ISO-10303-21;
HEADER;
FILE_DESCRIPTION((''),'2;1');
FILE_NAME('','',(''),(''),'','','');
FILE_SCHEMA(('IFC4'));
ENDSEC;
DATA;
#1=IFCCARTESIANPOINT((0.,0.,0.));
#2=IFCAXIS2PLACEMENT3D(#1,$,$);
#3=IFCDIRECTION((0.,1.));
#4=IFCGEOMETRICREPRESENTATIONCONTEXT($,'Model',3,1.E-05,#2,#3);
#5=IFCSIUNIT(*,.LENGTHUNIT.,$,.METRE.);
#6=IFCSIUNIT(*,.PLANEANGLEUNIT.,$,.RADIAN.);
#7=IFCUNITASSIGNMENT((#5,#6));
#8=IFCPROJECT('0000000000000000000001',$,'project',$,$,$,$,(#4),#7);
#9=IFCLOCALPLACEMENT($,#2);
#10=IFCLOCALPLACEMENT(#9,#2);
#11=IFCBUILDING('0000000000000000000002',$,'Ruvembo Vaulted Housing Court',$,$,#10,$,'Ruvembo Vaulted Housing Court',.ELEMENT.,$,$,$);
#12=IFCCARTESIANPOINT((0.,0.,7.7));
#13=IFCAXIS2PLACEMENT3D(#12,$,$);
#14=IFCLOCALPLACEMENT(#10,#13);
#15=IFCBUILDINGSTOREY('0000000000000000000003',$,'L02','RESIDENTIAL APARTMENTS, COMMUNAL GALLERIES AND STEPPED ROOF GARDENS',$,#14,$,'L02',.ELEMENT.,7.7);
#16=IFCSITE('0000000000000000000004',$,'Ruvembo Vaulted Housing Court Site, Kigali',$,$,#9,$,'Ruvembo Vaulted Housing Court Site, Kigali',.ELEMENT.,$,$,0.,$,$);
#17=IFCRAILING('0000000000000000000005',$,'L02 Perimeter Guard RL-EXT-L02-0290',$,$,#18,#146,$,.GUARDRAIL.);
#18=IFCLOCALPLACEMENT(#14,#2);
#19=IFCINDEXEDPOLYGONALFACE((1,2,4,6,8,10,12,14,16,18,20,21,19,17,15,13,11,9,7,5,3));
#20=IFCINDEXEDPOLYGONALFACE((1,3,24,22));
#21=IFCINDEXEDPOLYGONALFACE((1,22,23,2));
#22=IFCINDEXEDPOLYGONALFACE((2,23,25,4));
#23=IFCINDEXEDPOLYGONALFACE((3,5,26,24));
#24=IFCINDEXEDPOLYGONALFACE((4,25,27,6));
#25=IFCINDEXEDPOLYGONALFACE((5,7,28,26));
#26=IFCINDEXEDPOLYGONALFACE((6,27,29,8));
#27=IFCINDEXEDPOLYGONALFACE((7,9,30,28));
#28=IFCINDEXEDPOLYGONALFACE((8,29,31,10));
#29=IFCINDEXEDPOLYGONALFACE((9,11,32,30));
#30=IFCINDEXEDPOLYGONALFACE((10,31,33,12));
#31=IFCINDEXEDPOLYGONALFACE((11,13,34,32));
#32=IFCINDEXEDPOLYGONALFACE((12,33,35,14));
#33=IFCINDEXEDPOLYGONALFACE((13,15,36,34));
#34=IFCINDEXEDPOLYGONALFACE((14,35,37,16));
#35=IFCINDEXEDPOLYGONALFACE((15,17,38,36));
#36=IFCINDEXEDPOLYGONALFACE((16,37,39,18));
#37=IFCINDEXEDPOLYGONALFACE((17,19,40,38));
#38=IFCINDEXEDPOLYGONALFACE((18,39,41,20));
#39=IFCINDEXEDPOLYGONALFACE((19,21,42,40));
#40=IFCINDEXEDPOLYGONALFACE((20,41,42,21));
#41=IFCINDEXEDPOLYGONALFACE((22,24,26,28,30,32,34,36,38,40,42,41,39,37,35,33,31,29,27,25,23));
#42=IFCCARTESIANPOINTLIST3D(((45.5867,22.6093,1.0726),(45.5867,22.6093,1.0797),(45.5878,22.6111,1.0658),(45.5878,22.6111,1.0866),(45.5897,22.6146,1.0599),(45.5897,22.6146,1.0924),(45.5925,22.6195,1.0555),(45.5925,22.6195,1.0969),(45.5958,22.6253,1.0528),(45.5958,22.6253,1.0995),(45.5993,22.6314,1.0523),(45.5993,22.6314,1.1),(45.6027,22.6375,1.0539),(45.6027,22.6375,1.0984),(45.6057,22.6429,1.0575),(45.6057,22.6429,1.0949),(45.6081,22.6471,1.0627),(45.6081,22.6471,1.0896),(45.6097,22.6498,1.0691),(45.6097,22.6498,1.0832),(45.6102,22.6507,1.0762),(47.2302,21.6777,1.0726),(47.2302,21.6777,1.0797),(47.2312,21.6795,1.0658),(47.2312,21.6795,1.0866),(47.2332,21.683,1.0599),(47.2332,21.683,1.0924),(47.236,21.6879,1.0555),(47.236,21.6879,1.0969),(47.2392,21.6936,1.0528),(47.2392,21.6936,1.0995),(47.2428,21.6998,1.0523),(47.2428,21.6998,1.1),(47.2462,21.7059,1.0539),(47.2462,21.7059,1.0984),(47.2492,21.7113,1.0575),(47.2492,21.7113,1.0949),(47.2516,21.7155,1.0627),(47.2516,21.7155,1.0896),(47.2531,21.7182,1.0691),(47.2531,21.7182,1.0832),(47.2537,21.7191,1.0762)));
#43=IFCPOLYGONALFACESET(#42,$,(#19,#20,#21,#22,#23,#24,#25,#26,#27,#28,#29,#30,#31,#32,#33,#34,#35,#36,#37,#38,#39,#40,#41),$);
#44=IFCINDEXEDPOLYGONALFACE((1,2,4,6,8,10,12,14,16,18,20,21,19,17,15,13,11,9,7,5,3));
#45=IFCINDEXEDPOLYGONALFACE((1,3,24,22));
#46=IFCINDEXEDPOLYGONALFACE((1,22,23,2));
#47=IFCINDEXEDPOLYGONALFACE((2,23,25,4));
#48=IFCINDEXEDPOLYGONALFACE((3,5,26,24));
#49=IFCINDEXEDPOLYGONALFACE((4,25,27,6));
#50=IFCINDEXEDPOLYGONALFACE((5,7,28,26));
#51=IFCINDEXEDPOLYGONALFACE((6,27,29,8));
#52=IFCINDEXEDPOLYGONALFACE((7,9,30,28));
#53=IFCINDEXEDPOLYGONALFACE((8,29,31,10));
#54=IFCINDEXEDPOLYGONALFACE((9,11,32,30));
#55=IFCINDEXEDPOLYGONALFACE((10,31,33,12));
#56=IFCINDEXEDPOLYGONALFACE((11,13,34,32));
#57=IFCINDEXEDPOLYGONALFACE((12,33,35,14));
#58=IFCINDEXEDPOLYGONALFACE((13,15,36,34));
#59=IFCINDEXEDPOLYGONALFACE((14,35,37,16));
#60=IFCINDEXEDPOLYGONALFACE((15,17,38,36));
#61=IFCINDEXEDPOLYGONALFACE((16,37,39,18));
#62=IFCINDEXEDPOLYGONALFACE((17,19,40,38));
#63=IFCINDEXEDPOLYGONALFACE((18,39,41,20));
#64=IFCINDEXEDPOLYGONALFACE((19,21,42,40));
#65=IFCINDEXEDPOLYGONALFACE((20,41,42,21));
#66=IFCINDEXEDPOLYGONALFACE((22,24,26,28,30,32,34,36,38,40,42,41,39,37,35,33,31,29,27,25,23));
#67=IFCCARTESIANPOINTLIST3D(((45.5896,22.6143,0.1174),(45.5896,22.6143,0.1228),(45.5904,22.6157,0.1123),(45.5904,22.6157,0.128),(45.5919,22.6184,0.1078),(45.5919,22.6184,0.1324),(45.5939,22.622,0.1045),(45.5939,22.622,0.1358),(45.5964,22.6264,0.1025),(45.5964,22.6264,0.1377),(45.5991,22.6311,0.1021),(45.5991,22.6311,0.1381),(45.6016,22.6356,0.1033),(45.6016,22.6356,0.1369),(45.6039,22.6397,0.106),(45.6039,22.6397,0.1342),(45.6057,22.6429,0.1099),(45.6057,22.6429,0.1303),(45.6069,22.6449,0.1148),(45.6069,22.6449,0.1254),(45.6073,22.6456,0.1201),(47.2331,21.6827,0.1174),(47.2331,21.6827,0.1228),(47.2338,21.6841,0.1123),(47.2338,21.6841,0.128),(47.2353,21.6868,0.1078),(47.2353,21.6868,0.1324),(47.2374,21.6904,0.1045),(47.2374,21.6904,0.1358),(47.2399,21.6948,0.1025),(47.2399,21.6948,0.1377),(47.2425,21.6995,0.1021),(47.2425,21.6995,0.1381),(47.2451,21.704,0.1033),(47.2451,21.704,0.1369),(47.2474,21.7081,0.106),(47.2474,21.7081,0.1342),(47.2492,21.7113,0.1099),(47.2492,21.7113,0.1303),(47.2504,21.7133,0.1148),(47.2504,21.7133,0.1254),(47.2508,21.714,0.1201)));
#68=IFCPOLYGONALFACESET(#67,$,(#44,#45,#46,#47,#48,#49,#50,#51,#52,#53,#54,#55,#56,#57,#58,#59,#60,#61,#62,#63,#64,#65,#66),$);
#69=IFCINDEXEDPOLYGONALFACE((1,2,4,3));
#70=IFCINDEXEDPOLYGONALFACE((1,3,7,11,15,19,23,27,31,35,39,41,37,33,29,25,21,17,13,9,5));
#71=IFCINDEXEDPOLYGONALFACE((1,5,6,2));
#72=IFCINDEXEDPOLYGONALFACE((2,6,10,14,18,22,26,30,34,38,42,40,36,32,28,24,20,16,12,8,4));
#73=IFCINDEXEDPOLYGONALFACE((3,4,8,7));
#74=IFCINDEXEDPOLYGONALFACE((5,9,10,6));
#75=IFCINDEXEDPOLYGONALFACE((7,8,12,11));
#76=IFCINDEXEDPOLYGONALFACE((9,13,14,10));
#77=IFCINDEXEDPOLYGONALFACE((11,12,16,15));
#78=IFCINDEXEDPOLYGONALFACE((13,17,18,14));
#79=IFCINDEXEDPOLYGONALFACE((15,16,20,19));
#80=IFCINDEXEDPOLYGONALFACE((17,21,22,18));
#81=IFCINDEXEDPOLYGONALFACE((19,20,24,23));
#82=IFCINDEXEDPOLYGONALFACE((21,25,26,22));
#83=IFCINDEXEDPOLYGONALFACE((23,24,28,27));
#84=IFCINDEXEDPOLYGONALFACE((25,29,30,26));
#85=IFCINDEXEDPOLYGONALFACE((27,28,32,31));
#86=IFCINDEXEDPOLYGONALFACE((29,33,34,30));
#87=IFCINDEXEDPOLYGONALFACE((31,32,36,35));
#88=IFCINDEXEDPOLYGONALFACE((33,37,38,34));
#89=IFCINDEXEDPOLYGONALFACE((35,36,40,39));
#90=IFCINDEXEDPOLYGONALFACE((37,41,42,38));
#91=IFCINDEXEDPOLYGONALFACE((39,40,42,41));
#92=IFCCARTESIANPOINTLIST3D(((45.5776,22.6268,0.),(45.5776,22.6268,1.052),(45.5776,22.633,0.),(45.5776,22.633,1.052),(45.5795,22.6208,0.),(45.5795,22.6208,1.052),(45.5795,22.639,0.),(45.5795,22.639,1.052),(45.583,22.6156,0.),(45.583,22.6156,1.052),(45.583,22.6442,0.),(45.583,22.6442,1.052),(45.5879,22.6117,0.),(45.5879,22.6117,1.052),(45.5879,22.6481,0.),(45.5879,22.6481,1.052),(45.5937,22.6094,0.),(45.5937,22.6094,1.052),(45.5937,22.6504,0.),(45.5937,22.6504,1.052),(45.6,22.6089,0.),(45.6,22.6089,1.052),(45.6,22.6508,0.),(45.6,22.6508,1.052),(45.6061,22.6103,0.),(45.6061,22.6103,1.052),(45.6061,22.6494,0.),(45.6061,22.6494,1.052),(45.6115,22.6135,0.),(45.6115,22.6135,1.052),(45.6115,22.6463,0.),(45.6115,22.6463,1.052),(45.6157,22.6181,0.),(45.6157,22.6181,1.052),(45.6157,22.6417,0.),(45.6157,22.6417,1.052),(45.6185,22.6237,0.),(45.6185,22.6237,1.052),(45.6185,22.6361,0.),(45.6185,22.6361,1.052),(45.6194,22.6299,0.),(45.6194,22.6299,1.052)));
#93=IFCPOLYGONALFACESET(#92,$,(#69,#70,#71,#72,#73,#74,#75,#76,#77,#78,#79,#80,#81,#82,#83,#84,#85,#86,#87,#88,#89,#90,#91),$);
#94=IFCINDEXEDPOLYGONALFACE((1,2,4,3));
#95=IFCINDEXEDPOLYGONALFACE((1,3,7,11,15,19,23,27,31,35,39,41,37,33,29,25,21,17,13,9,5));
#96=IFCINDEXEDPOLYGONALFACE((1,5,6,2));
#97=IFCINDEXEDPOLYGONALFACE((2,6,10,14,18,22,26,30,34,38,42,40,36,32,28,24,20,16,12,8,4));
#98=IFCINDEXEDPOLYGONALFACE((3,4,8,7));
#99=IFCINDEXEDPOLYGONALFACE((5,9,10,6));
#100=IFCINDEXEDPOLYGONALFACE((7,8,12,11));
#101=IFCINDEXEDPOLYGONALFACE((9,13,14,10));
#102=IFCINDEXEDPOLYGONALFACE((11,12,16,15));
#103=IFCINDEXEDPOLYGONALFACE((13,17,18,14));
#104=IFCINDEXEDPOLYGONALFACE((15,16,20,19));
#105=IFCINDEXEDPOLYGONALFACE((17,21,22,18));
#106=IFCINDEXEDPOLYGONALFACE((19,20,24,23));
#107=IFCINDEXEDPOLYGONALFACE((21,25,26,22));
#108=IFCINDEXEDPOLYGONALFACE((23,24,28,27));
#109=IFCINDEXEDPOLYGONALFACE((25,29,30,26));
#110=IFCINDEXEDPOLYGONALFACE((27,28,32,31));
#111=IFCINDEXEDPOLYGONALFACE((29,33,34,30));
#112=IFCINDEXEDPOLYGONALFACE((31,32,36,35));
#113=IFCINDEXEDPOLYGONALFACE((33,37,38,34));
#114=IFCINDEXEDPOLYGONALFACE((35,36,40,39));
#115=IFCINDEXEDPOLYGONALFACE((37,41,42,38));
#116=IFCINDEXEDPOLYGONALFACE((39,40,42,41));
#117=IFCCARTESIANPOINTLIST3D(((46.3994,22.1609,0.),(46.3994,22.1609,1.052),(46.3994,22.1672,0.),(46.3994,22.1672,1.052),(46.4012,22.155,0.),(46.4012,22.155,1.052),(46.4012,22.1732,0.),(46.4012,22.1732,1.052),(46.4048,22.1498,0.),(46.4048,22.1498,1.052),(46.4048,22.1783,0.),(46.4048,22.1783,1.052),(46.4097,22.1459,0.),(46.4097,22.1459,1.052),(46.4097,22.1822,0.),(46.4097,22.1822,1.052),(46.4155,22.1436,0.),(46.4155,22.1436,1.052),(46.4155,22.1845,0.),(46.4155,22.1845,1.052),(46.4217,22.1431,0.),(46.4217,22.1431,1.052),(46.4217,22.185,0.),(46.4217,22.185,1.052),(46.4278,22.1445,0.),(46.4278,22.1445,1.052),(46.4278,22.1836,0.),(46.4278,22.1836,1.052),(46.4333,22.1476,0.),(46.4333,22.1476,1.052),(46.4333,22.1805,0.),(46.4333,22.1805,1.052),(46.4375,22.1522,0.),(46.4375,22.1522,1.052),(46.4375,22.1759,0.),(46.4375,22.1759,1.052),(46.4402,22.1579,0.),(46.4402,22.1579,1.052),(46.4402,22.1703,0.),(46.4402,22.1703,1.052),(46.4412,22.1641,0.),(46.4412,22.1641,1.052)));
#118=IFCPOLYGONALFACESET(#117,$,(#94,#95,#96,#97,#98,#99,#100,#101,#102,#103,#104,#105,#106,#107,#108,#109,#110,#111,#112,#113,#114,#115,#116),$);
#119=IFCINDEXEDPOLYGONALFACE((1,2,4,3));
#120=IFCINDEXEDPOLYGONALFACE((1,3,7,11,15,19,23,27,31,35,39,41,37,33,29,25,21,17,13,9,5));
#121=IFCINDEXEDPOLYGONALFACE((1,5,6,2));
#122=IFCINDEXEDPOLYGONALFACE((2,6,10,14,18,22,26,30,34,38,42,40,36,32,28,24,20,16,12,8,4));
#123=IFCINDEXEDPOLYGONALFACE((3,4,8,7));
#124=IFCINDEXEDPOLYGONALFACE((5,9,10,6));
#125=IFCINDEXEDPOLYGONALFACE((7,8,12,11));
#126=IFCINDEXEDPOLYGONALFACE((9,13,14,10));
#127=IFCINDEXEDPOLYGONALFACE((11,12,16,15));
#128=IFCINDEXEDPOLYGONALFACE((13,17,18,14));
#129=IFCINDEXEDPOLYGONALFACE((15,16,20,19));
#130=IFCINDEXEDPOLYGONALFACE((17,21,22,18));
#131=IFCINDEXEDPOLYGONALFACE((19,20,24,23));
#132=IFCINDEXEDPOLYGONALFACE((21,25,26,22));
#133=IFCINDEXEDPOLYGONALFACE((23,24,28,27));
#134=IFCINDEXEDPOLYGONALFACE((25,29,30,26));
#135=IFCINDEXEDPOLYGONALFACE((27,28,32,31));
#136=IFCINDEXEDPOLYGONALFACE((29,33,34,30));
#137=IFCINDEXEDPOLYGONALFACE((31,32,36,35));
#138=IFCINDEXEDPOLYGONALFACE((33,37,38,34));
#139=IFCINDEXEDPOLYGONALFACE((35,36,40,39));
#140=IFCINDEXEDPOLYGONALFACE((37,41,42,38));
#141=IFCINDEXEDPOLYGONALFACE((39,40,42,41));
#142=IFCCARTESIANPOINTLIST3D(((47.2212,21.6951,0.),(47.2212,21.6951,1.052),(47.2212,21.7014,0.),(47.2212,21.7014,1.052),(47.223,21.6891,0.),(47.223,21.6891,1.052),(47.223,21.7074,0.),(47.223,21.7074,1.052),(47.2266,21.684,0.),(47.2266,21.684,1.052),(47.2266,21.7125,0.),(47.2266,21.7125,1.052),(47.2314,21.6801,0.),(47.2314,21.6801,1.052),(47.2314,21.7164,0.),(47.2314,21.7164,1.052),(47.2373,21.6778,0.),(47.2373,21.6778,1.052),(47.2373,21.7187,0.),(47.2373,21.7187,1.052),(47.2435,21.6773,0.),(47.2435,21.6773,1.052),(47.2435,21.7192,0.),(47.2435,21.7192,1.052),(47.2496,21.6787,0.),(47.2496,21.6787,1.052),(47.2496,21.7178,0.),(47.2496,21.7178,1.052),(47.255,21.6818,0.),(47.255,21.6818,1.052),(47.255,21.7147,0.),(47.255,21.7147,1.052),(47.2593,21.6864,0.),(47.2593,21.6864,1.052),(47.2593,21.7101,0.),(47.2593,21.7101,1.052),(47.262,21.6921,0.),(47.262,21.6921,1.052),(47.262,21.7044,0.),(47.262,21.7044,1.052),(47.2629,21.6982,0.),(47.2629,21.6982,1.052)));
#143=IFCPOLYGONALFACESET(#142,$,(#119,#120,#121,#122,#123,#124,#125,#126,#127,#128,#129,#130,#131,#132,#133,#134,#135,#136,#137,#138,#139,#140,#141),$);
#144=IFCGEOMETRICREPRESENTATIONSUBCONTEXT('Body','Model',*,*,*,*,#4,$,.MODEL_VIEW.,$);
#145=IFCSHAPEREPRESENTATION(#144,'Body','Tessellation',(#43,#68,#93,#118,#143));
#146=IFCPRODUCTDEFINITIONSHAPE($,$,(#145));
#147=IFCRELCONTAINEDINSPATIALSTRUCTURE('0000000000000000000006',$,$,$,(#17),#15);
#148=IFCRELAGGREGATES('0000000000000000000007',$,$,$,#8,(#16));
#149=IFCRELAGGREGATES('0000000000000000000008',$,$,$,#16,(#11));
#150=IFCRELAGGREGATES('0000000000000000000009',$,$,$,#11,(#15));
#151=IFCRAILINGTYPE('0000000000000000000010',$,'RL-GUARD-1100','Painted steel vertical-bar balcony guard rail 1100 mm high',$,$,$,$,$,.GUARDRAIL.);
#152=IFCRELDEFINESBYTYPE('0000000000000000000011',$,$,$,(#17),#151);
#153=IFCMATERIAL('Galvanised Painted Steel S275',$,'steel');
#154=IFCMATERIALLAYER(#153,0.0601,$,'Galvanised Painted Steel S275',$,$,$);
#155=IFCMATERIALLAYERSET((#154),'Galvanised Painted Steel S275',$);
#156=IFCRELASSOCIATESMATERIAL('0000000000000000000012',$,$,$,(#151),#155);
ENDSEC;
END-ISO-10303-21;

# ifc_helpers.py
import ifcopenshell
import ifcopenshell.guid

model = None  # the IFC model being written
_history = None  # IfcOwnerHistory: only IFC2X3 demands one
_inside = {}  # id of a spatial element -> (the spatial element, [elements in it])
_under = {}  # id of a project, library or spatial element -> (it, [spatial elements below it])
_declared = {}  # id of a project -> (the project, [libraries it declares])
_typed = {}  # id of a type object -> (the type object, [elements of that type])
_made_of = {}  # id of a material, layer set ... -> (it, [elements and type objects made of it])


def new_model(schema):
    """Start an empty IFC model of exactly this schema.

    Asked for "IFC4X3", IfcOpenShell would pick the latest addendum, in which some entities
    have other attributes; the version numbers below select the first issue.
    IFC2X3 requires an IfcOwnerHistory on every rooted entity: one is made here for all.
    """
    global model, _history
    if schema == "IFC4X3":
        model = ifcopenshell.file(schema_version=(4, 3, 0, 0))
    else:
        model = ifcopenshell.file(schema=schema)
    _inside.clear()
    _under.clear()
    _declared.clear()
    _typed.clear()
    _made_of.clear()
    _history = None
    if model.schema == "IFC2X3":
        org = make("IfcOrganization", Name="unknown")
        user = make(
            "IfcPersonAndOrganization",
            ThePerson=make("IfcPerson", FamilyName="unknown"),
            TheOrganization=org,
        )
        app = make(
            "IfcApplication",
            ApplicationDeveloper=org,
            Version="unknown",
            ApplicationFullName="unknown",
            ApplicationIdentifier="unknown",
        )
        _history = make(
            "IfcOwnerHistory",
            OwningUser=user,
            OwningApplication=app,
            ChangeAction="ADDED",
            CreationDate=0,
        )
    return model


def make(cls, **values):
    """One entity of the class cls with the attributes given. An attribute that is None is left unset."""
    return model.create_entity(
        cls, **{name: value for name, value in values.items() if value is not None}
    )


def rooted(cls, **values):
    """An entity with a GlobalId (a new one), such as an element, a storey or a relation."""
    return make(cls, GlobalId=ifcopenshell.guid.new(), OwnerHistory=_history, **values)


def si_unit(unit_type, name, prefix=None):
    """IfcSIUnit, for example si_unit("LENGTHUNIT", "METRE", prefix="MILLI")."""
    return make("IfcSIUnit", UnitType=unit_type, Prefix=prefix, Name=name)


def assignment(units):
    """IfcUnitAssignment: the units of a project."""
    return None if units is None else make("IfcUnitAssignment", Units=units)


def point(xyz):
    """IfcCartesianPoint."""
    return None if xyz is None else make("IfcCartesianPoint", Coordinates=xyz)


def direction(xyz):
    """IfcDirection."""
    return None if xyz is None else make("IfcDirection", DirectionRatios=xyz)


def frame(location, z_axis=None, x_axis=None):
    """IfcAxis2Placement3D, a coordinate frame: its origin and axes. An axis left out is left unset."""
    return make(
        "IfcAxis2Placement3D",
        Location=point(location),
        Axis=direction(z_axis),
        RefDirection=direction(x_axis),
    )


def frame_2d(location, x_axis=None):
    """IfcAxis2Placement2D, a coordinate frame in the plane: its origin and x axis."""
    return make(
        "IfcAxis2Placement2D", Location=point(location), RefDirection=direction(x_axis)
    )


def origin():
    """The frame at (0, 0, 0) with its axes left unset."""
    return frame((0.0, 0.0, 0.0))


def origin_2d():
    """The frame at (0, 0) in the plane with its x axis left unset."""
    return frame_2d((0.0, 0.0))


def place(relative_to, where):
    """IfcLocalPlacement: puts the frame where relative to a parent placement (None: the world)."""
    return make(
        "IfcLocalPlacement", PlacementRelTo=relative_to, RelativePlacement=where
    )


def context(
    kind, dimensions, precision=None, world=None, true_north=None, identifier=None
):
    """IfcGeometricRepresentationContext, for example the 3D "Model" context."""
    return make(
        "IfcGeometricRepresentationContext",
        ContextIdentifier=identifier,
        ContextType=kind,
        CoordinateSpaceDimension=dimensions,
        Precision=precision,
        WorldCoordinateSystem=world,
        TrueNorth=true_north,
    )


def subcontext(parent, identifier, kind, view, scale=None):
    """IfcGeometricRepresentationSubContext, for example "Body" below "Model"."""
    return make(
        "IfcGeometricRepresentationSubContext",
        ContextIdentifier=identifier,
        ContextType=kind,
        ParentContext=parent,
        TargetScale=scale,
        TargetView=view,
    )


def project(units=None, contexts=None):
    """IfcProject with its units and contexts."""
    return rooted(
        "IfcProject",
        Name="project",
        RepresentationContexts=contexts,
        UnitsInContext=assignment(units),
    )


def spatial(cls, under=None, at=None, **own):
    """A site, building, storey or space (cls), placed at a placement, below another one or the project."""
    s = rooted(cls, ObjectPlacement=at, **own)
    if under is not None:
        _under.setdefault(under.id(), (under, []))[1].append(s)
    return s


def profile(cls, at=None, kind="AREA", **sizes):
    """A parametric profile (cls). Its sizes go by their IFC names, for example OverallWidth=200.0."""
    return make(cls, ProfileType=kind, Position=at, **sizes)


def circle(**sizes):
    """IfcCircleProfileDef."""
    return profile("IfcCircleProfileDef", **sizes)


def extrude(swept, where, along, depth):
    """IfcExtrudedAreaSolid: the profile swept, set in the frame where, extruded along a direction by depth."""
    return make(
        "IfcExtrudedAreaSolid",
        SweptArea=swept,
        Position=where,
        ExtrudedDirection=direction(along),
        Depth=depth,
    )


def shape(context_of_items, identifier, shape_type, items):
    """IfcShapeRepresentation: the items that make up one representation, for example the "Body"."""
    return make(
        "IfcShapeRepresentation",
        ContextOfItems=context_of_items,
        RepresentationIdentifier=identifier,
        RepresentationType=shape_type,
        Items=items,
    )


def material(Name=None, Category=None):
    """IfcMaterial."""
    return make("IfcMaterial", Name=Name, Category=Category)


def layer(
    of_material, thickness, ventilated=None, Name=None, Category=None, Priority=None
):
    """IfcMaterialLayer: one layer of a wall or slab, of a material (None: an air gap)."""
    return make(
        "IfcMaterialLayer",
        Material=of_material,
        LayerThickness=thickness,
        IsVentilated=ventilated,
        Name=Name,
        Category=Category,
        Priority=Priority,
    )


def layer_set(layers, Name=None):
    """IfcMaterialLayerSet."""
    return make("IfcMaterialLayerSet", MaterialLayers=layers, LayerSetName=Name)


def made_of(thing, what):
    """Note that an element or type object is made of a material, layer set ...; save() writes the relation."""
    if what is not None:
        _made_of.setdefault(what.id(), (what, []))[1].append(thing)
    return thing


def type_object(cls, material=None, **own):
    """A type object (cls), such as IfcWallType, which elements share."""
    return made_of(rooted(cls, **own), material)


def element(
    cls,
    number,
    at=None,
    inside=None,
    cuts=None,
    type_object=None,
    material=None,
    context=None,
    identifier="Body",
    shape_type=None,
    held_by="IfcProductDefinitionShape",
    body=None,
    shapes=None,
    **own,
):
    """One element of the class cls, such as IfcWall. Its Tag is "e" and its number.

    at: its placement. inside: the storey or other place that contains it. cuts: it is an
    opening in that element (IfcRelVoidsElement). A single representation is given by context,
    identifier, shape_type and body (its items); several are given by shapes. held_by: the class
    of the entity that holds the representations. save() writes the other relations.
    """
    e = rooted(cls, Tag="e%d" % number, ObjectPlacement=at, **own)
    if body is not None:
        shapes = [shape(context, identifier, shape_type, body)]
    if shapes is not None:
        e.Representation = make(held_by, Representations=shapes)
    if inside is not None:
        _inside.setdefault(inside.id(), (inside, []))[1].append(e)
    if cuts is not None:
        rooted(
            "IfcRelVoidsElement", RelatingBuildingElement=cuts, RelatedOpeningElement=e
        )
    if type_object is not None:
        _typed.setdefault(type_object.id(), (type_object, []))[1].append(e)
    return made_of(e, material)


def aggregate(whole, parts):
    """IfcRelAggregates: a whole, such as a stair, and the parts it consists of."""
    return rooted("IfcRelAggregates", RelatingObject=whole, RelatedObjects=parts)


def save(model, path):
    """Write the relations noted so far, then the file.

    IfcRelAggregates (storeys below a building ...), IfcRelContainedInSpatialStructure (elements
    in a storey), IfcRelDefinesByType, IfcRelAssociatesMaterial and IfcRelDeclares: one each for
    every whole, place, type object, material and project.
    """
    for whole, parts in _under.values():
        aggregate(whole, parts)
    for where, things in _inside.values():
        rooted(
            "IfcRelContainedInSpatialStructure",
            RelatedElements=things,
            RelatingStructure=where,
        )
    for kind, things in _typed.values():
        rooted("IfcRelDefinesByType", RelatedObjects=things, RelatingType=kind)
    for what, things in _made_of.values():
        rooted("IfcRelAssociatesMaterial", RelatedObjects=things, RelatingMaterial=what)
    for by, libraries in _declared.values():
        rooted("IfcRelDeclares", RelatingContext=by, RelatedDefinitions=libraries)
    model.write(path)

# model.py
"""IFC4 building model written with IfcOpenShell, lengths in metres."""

from ifc_helpers import new_model, si_unit, direction, frame, origin, origin_2d, place, context, subcontext, project, spatial, circle, extrude, material, layer, layer_set, type_object, element, save


model = new_model("IFC4")

# Units and contexts
model_context = context("Model", 3, precision=1e-05, world=origin(), true_north=direction((0.0, 1.0)))
body_context = subcontext(model_context, "Body", "Model", "MODEL_VIEW")
ifc_project = project(units=[si_unit("LENGTHUNIT", "METRE"), si_unit("PLANEANGLEUNIT", "RADIAN")], contexts=[model_context])

# Site, building, storey
site_placement = place(None, origin())
site = spatial("IfcSite", under=ifc_project, at=site_placement, Name="Ruvembo Vaulted Housing Court Site, Kigali", LongName="Ruvembo Vaulted Housing Court Site, Kigali", CompositionType="ELEMENT", RefElevation=0.0)
building_placement = place(site_placement, origin())
building = spatial("IfcBuilding", under=site, at=building_placement, Name="Ruvembo Vaulted Housing Court", LongName="Ruvembo Vaulted Housing Court", CompositionType="ELEMENT")
storey_placement = place(building_placement, frame((0.0, 0.0, 7.7)))
storey = spatial("IfcBuildingStorey", under=building, at=storey_placement, Name="L02", Description="RESIDENTIAL APARTMENTS, COMMUNAL GALLERIES AND STEPPED ROOF GARDENS", LongName="L02", CompositionType="ELEMENT", Elevation=7.7)

# Railing
ifc_material_1 = material(Name="Galvanised Painted Steel S275", Category="steel")
ifc_layer_1 = layer(ifc_material_1, 0.0601, Name="Galvanised Painted Steel S275")
ifc_layer_set_1 = layer_set([ifc_layer_1], Name="Galvanised Painted Steel S275")
railing_type = type_object("IfcRailingType", Name="RL-GUARD-1100", Description="Painted steel vertical-bar balcony guard rail 1100 mm high", PredefinedType="GUARDRAIL", material=ifc_layer_set_1)
railing_1_placement = place(storey_placement, frame((45.5984, 22.6299, 0.0)))
element("IfcRailing", 1, at=railing_1_placement, inside=storey, type_object=railing_type, Name="L02 Perimeter Guard RL-EXT-L02-0290", PredefinedType="GUARDRAIL", context=body_context, shape_type="SweptSolid", body=[
    extrude(circle(Radius=0.0239, at=origin_2d()), frame((0.0, 0.0, 1.0762), z_axis=(0.869956, -0.49313, 0.0), x_axis=(0.49313, 0.869956, 0.0)), (0.0, 0.0, 1.0), 1.8892),
    extrude(circle(Radius=0.0181, at=origin_2d()), frame((0.0, 0.0, 0.1201), z_axis=(0.869956, -0.49313, 0.0), x_axis=(0.49313, 0.869956, 0.0)), (0.0, 0.0, 1.0), 1.8892),
    extrude(circle(Radius=0.021, at=origin_2d()), origin(), (0.0, 0.0, 1.0), 1.052),
    extrude(circle(Radius=0.021, at=origin_2d()), frame((0.8218, -0.4658, 0.0)), (0.0, 0.0, 1.0), 1.052),
    extrude(circle(Radius=0.021, at=origin_2d()), frame((1.6436, -0.9316, 0.0)), (0.0, 0.0, 1.0), 1.052),
])

save(model, "model.ifc")
